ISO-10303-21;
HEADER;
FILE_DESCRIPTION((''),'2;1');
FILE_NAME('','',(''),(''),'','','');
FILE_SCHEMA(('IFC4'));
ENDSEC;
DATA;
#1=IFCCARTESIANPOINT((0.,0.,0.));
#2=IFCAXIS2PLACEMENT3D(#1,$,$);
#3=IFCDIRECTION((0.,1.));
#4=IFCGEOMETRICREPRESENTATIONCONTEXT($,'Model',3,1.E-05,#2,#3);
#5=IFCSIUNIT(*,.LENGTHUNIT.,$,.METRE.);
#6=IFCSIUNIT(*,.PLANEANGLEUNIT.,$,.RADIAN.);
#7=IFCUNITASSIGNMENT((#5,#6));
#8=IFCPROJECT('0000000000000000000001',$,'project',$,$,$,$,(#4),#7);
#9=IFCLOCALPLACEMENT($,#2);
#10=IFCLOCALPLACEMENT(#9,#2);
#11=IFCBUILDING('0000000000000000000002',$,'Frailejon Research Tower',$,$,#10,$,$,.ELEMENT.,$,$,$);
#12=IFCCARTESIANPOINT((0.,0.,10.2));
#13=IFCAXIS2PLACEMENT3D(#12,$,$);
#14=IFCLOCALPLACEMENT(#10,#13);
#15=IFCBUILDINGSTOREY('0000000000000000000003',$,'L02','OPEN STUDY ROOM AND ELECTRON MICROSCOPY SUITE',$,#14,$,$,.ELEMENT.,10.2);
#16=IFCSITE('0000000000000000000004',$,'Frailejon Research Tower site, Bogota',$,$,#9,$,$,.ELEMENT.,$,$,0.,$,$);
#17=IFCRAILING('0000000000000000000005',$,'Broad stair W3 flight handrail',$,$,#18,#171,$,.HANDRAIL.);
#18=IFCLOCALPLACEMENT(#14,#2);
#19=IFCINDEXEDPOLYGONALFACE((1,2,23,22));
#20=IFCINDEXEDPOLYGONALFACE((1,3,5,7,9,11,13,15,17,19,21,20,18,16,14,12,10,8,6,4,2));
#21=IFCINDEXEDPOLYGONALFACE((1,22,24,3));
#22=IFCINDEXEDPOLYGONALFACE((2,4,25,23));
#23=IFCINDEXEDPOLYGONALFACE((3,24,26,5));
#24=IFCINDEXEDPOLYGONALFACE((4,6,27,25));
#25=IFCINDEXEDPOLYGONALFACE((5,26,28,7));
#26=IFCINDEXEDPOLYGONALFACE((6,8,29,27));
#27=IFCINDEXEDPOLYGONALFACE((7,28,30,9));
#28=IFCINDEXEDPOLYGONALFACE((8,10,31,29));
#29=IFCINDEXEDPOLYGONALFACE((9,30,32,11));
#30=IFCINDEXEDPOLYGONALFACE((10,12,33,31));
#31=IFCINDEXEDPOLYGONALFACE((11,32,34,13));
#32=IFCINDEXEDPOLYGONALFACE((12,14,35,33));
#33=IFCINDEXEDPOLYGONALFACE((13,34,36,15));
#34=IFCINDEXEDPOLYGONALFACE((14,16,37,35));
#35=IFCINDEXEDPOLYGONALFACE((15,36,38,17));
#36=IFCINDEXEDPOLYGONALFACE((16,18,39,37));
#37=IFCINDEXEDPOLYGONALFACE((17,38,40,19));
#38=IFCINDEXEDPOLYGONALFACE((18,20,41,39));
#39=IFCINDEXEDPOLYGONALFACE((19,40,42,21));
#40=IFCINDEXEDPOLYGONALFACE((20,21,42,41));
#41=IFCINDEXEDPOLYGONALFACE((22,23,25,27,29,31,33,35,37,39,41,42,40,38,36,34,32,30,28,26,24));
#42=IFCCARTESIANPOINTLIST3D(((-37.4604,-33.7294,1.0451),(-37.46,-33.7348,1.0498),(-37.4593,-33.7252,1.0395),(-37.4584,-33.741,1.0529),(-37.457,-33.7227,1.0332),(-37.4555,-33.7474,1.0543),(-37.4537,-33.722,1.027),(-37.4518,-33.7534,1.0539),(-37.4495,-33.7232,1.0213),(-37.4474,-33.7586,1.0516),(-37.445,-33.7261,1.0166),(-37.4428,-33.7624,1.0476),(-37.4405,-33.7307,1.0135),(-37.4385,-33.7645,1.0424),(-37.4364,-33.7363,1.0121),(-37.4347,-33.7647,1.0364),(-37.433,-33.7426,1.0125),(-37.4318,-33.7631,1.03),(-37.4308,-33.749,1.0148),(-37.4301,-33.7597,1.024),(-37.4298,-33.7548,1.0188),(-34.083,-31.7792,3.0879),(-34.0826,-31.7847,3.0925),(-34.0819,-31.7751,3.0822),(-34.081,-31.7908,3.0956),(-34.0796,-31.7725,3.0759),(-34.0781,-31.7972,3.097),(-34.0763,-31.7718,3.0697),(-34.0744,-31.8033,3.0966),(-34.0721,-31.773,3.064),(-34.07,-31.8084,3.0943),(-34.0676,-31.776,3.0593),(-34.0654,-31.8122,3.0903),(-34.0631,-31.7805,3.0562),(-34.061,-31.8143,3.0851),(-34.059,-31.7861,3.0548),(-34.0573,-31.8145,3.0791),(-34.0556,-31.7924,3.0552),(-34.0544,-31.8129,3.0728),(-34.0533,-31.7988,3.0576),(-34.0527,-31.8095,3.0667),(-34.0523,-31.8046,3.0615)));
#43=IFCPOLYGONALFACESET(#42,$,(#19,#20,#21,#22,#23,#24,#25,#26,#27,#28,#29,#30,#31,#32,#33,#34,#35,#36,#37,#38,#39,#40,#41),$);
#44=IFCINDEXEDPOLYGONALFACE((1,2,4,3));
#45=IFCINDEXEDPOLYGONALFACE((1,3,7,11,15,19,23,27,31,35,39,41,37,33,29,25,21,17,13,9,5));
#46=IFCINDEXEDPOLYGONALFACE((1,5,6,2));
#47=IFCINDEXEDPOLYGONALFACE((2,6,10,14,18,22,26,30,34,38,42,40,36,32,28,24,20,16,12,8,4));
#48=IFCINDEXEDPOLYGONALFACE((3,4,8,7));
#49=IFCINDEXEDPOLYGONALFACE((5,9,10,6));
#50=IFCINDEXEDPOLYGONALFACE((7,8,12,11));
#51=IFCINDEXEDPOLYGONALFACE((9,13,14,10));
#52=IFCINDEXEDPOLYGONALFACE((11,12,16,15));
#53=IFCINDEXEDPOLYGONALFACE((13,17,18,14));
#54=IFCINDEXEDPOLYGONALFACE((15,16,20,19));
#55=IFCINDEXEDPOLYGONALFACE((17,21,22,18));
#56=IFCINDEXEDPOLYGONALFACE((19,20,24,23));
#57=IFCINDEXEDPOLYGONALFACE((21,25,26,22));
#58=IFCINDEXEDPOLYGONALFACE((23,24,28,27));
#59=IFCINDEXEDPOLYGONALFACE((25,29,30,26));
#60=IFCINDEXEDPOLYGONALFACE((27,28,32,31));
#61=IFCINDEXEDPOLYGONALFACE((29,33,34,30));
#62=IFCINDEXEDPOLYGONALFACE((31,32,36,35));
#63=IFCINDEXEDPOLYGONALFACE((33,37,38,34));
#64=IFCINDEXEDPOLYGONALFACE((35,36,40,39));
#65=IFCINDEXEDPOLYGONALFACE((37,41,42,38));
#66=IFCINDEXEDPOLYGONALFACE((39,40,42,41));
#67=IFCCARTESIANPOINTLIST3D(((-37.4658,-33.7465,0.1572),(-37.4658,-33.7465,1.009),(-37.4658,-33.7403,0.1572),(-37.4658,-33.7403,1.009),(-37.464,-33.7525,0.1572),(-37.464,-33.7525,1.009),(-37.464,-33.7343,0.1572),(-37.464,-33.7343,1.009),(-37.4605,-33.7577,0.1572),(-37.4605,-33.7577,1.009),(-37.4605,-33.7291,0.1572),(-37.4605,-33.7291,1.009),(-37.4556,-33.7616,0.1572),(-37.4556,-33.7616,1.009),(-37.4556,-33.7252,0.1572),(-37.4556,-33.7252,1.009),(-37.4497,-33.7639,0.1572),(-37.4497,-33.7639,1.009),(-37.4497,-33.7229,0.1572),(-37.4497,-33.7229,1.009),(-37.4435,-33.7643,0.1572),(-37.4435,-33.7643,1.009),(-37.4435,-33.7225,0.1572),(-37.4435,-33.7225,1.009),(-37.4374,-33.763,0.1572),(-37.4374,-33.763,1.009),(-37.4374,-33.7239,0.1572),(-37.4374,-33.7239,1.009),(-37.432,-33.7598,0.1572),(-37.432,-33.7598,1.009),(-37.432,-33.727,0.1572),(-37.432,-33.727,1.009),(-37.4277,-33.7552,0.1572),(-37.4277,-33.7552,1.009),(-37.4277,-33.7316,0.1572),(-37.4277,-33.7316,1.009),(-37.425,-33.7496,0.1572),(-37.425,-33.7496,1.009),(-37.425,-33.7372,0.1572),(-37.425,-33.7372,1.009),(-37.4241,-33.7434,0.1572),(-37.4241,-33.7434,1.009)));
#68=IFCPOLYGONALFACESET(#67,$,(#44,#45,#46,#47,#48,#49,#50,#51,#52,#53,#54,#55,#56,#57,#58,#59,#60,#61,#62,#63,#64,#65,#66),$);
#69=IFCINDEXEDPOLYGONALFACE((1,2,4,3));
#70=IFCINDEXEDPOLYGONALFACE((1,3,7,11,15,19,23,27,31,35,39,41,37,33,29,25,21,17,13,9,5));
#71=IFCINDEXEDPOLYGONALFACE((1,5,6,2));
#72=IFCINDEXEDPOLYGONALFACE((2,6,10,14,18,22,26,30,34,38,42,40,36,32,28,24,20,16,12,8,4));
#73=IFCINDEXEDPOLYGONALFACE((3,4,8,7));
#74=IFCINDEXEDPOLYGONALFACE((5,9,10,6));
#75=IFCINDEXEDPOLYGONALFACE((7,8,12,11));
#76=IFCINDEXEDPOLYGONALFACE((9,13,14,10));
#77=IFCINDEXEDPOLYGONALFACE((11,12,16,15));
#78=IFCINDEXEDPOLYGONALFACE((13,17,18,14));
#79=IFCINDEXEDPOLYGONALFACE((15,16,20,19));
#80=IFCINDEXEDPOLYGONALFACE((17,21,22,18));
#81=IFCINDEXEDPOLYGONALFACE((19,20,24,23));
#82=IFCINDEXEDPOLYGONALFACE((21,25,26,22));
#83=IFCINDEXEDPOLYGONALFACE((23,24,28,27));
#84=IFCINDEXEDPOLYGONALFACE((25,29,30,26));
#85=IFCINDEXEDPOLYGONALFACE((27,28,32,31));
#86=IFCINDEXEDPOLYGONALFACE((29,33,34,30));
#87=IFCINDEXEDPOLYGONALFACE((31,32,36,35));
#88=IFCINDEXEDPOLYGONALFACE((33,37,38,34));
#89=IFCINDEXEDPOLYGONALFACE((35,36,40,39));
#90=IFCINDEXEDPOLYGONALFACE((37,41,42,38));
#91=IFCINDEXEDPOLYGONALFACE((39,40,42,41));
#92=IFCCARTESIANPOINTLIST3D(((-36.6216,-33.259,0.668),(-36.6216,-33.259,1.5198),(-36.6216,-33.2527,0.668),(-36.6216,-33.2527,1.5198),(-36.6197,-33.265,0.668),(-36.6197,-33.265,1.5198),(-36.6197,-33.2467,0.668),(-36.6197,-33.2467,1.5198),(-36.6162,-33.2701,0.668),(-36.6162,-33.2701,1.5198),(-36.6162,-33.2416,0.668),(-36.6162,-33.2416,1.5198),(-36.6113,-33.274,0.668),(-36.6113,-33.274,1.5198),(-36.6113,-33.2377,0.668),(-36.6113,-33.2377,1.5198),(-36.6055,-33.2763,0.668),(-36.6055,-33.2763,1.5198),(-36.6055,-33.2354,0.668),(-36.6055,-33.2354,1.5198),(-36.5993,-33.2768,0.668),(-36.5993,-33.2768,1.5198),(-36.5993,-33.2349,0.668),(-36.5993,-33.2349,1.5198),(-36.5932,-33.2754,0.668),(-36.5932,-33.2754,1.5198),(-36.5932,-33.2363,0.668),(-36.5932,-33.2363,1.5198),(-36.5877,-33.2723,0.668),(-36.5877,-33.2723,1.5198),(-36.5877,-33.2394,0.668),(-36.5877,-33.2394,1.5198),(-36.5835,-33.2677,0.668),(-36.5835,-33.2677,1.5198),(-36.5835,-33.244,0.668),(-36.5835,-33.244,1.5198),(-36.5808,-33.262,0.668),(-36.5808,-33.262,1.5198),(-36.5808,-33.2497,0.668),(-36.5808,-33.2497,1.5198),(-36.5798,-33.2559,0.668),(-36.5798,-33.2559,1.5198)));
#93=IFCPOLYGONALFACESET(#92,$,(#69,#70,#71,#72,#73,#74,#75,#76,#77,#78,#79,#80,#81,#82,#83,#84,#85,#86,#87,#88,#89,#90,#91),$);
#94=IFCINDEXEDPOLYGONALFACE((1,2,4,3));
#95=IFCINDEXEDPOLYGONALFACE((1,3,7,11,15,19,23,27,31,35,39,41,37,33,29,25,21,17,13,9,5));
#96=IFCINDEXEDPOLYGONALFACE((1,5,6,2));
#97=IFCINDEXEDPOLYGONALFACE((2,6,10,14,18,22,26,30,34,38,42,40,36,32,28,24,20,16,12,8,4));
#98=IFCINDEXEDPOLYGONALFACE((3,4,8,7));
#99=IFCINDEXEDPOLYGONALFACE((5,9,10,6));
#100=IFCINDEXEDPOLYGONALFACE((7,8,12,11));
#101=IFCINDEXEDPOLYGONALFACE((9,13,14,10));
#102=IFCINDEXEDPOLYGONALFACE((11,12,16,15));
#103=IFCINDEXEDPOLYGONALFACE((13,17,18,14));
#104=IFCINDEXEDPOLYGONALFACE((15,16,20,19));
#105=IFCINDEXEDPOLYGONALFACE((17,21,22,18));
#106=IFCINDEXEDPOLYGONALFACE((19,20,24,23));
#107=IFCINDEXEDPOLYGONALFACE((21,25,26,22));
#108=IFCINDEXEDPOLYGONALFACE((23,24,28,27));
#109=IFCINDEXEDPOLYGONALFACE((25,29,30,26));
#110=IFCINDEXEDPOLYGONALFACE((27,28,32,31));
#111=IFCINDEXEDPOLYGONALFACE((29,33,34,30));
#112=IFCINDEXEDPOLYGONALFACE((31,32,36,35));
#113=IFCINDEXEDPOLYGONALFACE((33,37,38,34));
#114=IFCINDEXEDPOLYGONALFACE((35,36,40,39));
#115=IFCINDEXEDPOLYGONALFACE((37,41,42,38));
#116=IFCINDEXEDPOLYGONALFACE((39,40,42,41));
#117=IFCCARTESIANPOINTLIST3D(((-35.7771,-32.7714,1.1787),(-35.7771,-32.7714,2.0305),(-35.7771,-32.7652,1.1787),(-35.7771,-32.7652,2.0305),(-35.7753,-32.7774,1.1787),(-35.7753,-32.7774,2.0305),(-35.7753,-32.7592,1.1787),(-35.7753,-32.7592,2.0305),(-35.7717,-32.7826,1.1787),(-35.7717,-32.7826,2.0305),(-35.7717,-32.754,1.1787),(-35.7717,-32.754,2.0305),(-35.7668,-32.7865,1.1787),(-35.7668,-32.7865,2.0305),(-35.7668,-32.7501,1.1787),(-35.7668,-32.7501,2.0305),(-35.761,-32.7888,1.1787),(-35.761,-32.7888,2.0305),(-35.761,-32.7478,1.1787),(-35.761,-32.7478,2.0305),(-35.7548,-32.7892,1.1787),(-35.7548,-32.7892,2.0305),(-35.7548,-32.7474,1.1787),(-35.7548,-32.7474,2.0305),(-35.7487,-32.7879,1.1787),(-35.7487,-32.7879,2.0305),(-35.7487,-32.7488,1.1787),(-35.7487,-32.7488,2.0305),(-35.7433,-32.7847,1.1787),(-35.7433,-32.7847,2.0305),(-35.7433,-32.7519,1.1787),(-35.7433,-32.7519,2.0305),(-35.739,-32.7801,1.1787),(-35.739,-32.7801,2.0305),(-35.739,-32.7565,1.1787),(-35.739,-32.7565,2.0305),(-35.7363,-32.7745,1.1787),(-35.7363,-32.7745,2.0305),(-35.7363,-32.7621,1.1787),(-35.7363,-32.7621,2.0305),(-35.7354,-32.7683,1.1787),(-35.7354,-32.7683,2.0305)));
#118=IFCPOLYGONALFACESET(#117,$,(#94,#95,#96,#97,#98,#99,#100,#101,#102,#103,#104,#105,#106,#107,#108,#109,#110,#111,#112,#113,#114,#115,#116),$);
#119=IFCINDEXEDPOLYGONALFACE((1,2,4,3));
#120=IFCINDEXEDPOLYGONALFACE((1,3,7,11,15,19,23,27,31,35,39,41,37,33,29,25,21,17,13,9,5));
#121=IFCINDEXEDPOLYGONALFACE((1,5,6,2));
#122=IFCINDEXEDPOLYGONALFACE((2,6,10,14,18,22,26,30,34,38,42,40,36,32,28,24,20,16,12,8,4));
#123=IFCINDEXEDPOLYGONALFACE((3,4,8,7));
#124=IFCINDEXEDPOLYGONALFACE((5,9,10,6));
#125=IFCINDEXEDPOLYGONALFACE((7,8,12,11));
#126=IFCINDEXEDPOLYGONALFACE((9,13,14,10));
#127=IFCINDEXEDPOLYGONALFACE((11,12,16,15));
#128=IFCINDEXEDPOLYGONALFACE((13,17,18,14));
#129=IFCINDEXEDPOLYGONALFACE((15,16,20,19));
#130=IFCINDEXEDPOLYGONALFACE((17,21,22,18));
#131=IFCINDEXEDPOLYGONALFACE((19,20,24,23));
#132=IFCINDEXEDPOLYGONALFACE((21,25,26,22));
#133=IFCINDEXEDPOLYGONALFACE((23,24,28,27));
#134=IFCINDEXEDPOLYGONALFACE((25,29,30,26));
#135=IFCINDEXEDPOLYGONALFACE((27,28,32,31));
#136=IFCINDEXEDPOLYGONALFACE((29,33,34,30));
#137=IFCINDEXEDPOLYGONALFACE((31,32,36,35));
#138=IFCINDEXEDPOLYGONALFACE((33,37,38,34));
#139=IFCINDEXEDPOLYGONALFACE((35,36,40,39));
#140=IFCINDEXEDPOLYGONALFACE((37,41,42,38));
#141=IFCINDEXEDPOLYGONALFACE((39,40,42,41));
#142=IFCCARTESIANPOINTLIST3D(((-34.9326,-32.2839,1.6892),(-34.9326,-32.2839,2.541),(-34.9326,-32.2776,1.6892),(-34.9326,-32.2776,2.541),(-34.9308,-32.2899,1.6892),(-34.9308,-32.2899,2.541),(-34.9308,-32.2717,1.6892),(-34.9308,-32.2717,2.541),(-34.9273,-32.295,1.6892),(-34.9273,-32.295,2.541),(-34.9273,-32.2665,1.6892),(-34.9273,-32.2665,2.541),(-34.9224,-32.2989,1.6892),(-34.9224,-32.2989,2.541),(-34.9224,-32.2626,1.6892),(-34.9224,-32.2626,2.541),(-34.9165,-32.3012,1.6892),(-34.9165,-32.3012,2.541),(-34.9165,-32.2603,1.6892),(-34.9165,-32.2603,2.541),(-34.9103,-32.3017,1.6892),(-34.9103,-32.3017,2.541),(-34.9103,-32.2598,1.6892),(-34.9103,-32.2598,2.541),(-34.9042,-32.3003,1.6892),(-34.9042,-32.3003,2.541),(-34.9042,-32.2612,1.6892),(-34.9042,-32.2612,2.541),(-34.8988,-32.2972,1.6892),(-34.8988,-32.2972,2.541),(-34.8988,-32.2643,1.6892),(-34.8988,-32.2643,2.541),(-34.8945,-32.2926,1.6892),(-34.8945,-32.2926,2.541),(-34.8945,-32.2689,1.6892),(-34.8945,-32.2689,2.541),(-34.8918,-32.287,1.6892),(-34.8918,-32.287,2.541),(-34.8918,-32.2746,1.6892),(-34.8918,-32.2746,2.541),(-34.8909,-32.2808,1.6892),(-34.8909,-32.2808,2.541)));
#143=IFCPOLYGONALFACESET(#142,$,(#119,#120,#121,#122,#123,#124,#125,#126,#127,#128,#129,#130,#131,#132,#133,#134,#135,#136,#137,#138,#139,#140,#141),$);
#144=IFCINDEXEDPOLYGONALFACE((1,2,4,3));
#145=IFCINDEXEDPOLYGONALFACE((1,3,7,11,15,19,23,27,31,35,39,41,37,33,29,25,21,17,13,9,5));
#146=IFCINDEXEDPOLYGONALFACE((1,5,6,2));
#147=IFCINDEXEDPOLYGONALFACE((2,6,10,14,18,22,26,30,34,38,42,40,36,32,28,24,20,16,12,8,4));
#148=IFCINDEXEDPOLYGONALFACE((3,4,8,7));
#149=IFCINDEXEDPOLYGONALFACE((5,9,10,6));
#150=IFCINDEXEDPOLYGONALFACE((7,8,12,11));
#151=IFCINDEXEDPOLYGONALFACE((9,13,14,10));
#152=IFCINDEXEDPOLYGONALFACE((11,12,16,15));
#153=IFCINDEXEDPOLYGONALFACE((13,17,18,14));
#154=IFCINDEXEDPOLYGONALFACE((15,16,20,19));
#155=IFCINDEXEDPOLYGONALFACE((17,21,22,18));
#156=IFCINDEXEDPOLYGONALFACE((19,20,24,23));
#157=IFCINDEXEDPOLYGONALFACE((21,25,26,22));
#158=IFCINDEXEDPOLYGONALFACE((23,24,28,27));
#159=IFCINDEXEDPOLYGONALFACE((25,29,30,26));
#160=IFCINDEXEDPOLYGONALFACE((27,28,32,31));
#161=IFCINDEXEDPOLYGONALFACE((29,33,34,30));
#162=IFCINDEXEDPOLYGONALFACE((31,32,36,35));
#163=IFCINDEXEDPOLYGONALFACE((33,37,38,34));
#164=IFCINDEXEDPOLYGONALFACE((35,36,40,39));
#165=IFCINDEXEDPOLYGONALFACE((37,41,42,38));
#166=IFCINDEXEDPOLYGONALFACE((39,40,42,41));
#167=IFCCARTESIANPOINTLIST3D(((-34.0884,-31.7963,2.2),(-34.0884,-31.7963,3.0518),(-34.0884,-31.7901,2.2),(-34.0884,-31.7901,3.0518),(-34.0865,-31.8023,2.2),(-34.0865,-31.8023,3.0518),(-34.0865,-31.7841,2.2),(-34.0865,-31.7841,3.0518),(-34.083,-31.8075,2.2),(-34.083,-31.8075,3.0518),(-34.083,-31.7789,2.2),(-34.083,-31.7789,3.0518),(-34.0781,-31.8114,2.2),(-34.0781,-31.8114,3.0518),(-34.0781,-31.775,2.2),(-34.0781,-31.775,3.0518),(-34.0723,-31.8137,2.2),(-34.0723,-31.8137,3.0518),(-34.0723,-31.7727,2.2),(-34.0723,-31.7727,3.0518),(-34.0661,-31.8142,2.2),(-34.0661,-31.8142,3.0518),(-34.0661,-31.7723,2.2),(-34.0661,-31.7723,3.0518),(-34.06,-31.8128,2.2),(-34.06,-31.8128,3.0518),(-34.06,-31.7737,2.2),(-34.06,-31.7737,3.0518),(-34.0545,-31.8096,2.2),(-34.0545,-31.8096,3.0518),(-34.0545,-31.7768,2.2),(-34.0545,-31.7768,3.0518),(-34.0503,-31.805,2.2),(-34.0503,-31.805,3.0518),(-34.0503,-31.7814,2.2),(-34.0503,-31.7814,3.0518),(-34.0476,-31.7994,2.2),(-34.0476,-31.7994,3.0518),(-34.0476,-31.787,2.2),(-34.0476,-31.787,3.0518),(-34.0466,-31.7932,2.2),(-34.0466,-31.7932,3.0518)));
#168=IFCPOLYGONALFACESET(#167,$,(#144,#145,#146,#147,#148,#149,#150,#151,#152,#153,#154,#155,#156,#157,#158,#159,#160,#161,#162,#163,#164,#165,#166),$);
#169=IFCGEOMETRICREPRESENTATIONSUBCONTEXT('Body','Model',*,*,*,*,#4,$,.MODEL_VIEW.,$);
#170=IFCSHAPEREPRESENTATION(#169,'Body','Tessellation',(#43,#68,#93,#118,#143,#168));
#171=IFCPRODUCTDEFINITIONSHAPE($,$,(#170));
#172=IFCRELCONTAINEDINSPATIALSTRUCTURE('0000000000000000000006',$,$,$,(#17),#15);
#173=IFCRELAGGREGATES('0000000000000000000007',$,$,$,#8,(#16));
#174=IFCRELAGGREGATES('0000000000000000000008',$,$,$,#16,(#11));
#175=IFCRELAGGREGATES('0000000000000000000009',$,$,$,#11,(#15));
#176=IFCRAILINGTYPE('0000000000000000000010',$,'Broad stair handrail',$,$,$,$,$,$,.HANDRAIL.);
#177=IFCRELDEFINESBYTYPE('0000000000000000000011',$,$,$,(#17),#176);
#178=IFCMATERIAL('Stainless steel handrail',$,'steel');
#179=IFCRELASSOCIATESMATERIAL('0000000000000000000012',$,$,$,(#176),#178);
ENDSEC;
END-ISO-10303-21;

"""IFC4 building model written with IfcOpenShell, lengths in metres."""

from ifc_helpers import new_model, si_unit, direction, frame, origin, origin_2d, place, context, subcontext, project, spatial, circle, extrude, material, type_object, element, save


model = new_model("IFC4")

# Units and contexts
model_context = context("Model", 3, precision=1e-05, world=origin(), true_north=direction((0.0, 1.0)))
body_context = subcontext(model_context, "Body", "Model", "MODEL_VIEW")
ifc_project = project(units=[si_unit("LENGTHUNIT", "METRE"), si_unit("PLANEANGLEUNIT", "RADIAN")], contexts=[model_context])

# Site, building, storey
site_placement = place(None, origin())
site = spatial("IfcSite", under=ifc_project, at=site_placement, Name="Frailejon Research Tower site, Bogota", CompositionType="ELEMENT", RefElevation=0.0)
building_placement = place(site_placement, origin())
building = spatial("IfcBuilding", under=site, at=building_placement, Name="Frailejon Research Tower", CompositionType="ELEMENT")
storey_placement = place(building_placement, frame((0.0, 0.0, 10.2)))
storey = spatial("IfcBuildingStorey", under=building, at=storey_placement, Name="L02", Description="OPEN STUDY ROOM AND ELECTRON MICROSCOPY SUITE", CompositionType="ELEMENT", Elevation=10.2)

# Railing
ifc_material_1 = material(Name="Stainless steel handrail", Category="steel")
railing_type_1 = type_object("IfcRailingType", Name="Broad stair handrail", PredefinedType="HANDRAIL", material=ifc_material_1)
railing_1_placement = place(storey_placement, frame((-37.4451, -33.7434, 0.1572)))
element("IfcRailing", 1, at=railing_1_placement, inside=storey, type_object=railing_type_1, Name="Broad stair W3 flight handrail", PredefinedType="HANDRAIL", context=body_context, shape_type="SweptSolid", body=[
    extrude(circle(Radius=0.0239, at=origin_2d()), frame((0.0, 0.0, 0.876), z_axis=(0.767143, 0.442962, 0.463979), x_axis=(-0.500044, 0.866, 0.0)), (0.0, 0.0, 1.0), 4.4026),
    extrude(circle(Radius=0.021, at=origin_2d()), origin(), (0.0, 0.0, 1.0), 0.8518),
    extrude(circle(Radius=0.021, at=origin_2d()), frame((0.8442, 0.4875, 0.5107)), (0.0, 0.0, 1.0), 0.8518),
    extrude(circle(Radius=0.021, at=origin_2d()), frame((1.6887, 0.9751, 1.0215)), (0.0, 0.0, 1.0), 0.8518),
    extrude(circle(Radius=0.021, at=origin_2d()), frame((2.5332, 1.4626, 1.532)), (0.0, 0.0, 1.0), 0.8518),
    extrude(circle(Radius=0.021, at=origin_2d()), frame((3.3774, 1.9502, 2.0427)), (0.0, 0.0, 1.0), 0.8518),
])

save(model, "model.ifc")
